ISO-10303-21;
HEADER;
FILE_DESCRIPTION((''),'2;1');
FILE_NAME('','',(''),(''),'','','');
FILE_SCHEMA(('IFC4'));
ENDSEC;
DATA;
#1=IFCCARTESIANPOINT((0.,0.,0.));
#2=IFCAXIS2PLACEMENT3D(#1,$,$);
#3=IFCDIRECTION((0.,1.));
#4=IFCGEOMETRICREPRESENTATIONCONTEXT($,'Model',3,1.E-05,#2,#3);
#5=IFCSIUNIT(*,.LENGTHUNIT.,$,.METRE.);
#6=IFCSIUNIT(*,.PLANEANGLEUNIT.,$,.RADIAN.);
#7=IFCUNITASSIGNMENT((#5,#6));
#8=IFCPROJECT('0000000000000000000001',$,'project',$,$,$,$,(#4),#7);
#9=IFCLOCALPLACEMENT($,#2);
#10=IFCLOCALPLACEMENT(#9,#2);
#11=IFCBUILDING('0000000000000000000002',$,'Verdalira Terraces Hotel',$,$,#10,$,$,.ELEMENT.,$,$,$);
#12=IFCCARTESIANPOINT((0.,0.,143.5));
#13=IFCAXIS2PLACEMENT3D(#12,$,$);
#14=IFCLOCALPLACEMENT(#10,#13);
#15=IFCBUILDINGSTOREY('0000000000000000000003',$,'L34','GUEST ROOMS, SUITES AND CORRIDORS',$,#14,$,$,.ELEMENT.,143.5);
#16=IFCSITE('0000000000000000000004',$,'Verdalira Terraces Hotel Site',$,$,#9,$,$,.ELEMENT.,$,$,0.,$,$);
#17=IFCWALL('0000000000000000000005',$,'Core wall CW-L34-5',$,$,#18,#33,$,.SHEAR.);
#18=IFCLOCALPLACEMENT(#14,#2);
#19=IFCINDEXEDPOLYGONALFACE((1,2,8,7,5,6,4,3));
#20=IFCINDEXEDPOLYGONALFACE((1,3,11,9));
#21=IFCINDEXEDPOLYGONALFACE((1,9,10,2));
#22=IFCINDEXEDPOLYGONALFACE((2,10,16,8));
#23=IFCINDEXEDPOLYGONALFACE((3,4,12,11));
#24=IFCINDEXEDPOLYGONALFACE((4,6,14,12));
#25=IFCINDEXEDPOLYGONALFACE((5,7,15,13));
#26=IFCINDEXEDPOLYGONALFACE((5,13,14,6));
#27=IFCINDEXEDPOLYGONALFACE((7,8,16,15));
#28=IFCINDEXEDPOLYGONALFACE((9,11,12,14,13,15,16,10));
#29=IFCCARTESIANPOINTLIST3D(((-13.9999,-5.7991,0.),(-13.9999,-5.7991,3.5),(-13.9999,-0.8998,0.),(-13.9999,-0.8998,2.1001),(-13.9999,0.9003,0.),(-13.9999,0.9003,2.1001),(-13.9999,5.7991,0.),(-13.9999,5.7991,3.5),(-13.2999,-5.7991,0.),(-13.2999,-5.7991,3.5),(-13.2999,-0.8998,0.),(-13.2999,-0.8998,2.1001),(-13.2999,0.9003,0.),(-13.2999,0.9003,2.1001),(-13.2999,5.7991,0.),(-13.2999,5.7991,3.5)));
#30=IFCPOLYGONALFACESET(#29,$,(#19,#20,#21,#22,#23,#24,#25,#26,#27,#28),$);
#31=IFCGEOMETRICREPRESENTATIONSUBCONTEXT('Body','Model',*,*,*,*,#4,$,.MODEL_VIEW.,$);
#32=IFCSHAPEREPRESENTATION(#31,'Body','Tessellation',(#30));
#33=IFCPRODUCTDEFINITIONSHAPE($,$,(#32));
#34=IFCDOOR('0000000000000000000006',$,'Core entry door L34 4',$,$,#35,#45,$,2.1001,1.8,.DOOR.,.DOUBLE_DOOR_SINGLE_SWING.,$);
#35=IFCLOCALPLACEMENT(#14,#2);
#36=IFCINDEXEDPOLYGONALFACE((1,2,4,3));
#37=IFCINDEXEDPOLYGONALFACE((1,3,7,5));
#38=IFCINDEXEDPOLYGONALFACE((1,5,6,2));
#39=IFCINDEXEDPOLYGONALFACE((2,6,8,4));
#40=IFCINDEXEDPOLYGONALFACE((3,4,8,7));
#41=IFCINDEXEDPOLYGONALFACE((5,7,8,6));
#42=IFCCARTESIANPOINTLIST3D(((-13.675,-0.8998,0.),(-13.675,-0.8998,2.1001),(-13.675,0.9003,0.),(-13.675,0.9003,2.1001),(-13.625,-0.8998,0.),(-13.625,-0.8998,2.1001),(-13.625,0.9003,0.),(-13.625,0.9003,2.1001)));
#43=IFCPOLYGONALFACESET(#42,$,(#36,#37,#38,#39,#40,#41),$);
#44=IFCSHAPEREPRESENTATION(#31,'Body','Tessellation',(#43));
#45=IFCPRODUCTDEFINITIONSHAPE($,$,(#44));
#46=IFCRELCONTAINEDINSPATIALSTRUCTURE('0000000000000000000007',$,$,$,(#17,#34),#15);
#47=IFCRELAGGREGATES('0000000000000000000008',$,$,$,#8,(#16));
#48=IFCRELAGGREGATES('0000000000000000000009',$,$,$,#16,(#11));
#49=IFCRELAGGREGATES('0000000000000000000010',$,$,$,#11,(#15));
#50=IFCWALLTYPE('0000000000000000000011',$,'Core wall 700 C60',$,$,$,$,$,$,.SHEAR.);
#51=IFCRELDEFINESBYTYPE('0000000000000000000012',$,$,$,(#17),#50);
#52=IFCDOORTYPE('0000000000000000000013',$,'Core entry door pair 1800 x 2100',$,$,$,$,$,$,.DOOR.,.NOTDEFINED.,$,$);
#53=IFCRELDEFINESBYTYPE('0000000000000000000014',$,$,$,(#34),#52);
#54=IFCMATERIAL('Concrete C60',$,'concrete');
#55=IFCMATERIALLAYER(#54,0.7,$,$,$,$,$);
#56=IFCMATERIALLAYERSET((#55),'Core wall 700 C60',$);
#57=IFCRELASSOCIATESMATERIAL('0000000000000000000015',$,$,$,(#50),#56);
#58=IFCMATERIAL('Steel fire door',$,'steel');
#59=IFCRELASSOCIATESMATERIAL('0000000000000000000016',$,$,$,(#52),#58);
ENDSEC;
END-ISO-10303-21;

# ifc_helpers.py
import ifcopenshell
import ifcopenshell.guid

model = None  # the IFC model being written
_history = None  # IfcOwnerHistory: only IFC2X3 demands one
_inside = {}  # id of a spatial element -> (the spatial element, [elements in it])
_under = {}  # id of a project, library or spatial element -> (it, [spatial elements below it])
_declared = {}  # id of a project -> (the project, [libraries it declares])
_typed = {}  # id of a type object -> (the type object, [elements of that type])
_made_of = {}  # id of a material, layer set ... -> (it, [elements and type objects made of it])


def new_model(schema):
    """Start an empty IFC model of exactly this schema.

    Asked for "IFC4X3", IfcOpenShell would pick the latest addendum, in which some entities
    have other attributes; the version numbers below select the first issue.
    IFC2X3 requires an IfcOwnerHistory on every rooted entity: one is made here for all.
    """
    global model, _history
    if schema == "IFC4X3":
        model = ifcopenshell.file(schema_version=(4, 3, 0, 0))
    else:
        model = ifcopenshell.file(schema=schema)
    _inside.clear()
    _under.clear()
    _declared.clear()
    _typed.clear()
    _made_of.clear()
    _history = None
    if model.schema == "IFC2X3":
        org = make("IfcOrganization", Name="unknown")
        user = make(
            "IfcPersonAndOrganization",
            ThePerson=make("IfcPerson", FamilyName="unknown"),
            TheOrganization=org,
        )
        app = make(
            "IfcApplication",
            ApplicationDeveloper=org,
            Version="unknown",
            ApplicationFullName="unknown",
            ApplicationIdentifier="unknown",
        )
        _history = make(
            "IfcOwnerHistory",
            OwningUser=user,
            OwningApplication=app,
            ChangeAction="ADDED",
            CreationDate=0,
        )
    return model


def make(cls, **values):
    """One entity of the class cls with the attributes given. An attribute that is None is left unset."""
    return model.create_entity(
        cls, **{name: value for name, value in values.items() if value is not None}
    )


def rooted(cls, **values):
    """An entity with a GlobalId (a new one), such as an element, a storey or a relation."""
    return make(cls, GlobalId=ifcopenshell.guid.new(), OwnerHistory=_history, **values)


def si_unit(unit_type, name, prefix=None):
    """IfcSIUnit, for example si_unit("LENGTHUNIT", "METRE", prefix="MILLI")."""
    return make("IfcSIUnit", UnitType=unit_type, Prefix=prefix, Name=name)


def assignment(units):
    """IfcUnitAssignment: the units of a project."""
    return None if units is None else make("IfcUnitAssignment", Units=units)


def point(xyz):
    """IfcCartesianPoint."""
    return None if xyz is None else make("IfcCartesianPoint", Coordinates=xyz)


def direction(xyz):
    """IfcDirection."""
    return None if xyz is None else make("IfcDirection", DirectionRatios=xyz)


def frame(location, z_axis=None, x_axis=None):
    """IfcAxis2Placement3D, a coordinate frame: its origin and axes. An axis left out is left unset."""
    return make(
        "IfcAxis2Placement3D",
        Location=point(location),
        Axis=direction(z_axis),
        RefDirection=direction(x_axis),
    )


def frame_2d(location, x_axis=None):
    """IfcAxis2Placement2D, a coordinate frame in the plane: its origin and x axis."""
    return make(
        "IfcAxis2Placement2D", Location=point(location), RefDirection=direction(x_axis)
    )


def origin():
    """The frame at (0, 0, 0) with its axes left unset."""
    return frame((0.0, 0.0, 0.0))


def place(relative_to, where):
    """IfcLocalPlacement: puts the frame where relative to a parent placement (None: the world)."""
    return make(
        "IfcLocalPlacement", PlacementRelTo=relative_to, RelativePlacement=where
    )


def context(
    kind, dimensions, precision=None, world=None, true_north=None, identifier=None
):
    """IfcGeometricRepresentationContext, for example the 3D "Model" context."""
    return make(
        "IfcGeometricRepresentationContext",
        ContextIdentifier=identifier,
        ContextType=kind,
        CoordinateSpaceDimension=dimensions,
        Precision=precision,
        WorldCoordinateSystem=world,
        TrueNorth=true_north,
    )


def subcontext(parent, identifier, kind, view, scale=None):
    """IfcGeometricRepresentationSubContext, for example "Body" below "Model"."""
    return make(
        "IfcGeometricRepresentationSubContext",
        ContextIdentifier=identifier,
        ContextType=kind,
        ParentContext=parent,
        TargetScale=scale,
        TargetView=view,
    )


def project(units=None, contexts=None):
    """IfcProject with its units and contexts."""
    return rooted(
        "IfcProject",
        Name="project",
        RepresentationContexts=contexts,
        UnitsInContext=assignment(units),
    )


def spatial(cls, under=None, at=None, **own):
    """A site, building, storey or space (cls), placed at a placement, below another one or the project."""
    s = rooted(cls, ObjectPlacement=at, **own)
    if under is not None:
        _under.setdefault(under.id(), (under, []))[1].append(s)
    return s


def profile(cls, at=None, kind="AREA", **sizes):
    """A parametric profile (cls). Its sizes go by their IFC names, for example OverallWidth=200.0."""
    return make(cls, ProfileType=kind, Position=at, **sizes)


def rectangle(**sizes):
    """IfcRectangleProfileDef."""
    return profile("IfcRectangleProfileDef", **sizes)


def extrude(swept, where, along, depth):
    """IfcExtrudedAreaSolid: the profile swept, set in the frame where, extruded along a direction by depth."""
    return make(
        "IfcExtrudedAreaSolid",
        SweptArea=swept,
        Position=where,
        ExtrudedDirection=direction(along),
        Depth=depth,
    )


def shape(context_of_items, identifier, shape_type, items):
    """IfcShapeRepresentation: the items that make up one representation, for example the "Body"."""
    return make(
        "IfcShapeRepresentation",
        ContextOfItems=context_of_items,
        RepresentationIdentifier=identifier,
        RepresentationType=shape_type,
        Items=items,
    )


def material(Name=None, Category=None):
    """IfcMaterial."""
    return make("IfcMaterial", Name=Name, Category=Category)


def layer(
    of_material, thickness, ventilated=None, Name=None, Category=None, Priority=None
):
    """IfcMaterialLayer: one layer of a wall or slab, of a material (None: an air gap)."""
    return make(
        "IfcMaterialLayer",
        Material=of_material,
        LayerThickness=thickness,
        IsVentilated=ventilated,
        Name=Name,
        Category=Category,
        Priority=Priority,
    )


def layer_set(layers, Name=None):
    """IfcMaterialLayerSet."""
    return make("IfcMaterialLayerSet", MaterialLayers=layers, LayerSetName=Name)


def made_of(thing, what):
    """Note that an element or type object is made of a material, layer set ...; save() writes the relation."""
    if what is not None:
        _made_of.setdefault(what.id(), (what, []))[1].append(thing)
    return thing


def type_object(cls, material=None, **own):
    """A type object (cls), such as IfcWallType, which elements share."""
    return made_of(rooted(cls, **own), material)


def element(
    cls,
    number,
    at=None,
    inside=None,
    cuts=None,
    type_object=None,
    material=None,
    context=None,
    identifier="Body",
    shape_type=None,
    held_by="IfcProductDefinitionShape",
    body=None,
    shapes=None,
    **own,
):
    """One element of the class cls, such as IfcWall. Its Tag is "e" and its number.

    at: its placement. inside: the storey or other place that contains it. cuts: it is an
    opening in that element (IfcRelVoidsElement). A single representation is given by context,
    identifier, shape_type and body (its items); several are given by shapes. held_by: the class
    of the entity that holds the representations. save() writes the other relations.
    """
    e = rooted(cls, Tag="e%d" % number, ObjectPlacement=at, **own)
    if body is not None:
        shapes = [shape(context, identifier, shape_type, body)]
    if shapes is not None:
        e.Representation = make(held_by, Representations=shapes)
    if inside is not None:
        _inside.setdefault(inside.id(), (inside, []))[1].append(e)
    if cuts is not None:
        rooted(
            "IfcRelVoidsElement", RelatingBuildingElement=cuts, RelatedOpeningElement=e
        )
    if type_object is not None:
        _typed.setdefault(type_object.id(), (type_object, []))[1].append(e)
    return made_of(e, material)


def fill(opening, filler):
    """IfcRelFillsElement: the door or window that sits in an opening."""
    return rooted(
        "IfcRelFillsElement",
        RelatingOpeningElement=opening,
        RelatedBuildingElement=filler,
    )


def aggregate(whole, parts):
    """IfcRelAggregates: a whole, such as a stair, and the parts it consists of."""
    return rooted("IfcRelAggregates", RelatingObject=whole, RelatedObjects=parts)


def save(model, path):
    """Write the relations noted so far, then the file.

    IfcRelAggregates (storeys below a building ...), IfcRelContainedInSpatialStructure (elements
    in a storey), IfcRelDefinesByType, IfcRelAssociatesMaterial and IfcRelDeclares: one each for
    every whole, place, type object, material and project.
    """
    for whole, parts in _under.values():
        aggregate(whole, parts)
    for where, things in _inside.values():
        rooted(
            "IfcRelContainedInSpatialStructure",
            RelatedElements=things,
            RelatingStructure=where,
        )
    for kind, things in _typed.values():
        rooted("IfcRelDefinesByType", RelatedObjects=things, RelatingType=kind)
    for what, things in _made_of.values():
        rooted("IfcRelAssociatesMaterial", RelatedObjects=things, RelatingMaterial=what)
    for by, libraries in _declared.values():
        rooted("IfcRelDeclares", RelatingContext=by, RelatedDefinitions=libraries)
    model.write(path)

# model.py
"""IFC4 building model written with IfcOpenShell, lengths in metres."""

from ifc_helpers import new_model, si_unit, direction, frame, frame_2d, origin, place, context, subcontext, project, spatial, rectangle, extrude, material, layer, layer_set, type_object, element, fill, save


model = new_model("IFC4")

# Units and contexts
model_context = context("Model", 3, precision=1e-05, world=origin(), true_north=direction((0.0, 1.0)))
body_context = subcontext(model_context, "Body", "Model", "MODEL_VIEW")
ifc_project = project(units=[si_unit("LENGTHUNIT", "METRE"), si_unit("PLANEANGLEUNIT", "RADIAN")], contexts=[model_context])

# Site, building, storey
site_placement = place(None, origin())
site = spatial("IfcSite", under=ifc_project, at=site_placement, Name="Verdalira Terraces Hotel Site", CompositionType="ELEMENT", RefElevation=0.0)
building_placement = place(site_placement, origin())
building = spatial("IfcBuilding", under=site, at=building_placement, Name="Verdalira Terraces Hotel", CompositionType="ELEMENT")
storey_placement = place(building_placement, frame((0.0, 0.0, 143.5)))
storey = spatial("IfcBuildingStorey", under=building, at=storey_placement, Name="L34", Description="GUEST ROOMS, SUITES AND CORRIDORS", CompositionType="ELEMENT", Elevation=143.5)

# Wall, opening, door
ifc_material_1 = material(Name="Concrete C60", Category="concrete")
ifc_layer_1 = layer(ifc_material_1, 0.7)
ifc_layer_set_1 = layer_set([ifc_layer_1], Name="Core wall 700 C60")
wall_type_1 = type_object("IfcWallType", Name="Core wall 700 C60", PredefinedType="SHEAR", material=ifc_layer_set_1)
wall_1_placement = place(storey_placement, frame((-13.6499, 5.7991, 0.0), z_axis=(0.0, 0.0, 1.0), x_axis=(0.0, -1.0, 0.0)))
wall_1 = element("IfcWall", 1, at=wall_1_placement, inside=storey, type_object=wall_type_1, Name="Core wall CW-L34-5", PredefinedType="SHEAR", context=body_context, shape_type="SweptSolid", body=[
    extrude(rectangle(XDim=11.5981, YDim=0.7, at=frame_2d((5.7991, 0.0))), origin(), (0.0, 0.0, 1.0), 3.5),
])
opening_1_placement = place(wall_1_placement, frame((4.8989, 0.0, 0.0)))
opening_1 = element("IfcOpeningElement", 2, at=opening_1_placement, cuts=wall_1, PredefinedType="OPENING", context=body_context, shape_type="SweptSolid", body=[
    extrude(rectangle(XDim=1.8, YDim=2.1001, at=frame_2d((0.8999, 1.05))), frame((0.0, 0.3599, 0.0), z_axis=(0.0, -1.0, 0.0), x_axis=(1.0, 0.0, 0.0)), (0.0, 0.0, 1.0), 0.72),
])
ifc_material_2 = material(Name="Steel fire door", Category="steel")
door_type_1 = type_object("IfcDoorType", Name="Core entry door pair 1800 x 2100", OperationType="NOTDEFINED", PredefinedType="DOOR", material=ifc_material_2)
door_1_placement = place(opening_1_placement, origin())
door_1 = element("IfcDoor", 3, at=door_1_placement, inside=storey, type_object=door_type_1, Name="Core entry door L34 4", OperationType="DOUBLE_DOOR_SINGLE_SWING", OverallHeight=2.1001, OverallWidth=1.8, PredefinedType="DOOR", context=body_context, shape_type="SweptSolid", body=[
    extrude(rectangle(XDim=1.8, YDim=2.1001, at=frame_2d((0.8999, 1.05))), frame((0.0, 0.0249, 0.0), z_axis=(0.0, -1.0, 0.0), x_axis=(1.0, 0.0, 0.0)), (0.0, 0.0, 1.0), 0.05),
])
fill(opening_1, door_1)

save(model, "model.ifc")
